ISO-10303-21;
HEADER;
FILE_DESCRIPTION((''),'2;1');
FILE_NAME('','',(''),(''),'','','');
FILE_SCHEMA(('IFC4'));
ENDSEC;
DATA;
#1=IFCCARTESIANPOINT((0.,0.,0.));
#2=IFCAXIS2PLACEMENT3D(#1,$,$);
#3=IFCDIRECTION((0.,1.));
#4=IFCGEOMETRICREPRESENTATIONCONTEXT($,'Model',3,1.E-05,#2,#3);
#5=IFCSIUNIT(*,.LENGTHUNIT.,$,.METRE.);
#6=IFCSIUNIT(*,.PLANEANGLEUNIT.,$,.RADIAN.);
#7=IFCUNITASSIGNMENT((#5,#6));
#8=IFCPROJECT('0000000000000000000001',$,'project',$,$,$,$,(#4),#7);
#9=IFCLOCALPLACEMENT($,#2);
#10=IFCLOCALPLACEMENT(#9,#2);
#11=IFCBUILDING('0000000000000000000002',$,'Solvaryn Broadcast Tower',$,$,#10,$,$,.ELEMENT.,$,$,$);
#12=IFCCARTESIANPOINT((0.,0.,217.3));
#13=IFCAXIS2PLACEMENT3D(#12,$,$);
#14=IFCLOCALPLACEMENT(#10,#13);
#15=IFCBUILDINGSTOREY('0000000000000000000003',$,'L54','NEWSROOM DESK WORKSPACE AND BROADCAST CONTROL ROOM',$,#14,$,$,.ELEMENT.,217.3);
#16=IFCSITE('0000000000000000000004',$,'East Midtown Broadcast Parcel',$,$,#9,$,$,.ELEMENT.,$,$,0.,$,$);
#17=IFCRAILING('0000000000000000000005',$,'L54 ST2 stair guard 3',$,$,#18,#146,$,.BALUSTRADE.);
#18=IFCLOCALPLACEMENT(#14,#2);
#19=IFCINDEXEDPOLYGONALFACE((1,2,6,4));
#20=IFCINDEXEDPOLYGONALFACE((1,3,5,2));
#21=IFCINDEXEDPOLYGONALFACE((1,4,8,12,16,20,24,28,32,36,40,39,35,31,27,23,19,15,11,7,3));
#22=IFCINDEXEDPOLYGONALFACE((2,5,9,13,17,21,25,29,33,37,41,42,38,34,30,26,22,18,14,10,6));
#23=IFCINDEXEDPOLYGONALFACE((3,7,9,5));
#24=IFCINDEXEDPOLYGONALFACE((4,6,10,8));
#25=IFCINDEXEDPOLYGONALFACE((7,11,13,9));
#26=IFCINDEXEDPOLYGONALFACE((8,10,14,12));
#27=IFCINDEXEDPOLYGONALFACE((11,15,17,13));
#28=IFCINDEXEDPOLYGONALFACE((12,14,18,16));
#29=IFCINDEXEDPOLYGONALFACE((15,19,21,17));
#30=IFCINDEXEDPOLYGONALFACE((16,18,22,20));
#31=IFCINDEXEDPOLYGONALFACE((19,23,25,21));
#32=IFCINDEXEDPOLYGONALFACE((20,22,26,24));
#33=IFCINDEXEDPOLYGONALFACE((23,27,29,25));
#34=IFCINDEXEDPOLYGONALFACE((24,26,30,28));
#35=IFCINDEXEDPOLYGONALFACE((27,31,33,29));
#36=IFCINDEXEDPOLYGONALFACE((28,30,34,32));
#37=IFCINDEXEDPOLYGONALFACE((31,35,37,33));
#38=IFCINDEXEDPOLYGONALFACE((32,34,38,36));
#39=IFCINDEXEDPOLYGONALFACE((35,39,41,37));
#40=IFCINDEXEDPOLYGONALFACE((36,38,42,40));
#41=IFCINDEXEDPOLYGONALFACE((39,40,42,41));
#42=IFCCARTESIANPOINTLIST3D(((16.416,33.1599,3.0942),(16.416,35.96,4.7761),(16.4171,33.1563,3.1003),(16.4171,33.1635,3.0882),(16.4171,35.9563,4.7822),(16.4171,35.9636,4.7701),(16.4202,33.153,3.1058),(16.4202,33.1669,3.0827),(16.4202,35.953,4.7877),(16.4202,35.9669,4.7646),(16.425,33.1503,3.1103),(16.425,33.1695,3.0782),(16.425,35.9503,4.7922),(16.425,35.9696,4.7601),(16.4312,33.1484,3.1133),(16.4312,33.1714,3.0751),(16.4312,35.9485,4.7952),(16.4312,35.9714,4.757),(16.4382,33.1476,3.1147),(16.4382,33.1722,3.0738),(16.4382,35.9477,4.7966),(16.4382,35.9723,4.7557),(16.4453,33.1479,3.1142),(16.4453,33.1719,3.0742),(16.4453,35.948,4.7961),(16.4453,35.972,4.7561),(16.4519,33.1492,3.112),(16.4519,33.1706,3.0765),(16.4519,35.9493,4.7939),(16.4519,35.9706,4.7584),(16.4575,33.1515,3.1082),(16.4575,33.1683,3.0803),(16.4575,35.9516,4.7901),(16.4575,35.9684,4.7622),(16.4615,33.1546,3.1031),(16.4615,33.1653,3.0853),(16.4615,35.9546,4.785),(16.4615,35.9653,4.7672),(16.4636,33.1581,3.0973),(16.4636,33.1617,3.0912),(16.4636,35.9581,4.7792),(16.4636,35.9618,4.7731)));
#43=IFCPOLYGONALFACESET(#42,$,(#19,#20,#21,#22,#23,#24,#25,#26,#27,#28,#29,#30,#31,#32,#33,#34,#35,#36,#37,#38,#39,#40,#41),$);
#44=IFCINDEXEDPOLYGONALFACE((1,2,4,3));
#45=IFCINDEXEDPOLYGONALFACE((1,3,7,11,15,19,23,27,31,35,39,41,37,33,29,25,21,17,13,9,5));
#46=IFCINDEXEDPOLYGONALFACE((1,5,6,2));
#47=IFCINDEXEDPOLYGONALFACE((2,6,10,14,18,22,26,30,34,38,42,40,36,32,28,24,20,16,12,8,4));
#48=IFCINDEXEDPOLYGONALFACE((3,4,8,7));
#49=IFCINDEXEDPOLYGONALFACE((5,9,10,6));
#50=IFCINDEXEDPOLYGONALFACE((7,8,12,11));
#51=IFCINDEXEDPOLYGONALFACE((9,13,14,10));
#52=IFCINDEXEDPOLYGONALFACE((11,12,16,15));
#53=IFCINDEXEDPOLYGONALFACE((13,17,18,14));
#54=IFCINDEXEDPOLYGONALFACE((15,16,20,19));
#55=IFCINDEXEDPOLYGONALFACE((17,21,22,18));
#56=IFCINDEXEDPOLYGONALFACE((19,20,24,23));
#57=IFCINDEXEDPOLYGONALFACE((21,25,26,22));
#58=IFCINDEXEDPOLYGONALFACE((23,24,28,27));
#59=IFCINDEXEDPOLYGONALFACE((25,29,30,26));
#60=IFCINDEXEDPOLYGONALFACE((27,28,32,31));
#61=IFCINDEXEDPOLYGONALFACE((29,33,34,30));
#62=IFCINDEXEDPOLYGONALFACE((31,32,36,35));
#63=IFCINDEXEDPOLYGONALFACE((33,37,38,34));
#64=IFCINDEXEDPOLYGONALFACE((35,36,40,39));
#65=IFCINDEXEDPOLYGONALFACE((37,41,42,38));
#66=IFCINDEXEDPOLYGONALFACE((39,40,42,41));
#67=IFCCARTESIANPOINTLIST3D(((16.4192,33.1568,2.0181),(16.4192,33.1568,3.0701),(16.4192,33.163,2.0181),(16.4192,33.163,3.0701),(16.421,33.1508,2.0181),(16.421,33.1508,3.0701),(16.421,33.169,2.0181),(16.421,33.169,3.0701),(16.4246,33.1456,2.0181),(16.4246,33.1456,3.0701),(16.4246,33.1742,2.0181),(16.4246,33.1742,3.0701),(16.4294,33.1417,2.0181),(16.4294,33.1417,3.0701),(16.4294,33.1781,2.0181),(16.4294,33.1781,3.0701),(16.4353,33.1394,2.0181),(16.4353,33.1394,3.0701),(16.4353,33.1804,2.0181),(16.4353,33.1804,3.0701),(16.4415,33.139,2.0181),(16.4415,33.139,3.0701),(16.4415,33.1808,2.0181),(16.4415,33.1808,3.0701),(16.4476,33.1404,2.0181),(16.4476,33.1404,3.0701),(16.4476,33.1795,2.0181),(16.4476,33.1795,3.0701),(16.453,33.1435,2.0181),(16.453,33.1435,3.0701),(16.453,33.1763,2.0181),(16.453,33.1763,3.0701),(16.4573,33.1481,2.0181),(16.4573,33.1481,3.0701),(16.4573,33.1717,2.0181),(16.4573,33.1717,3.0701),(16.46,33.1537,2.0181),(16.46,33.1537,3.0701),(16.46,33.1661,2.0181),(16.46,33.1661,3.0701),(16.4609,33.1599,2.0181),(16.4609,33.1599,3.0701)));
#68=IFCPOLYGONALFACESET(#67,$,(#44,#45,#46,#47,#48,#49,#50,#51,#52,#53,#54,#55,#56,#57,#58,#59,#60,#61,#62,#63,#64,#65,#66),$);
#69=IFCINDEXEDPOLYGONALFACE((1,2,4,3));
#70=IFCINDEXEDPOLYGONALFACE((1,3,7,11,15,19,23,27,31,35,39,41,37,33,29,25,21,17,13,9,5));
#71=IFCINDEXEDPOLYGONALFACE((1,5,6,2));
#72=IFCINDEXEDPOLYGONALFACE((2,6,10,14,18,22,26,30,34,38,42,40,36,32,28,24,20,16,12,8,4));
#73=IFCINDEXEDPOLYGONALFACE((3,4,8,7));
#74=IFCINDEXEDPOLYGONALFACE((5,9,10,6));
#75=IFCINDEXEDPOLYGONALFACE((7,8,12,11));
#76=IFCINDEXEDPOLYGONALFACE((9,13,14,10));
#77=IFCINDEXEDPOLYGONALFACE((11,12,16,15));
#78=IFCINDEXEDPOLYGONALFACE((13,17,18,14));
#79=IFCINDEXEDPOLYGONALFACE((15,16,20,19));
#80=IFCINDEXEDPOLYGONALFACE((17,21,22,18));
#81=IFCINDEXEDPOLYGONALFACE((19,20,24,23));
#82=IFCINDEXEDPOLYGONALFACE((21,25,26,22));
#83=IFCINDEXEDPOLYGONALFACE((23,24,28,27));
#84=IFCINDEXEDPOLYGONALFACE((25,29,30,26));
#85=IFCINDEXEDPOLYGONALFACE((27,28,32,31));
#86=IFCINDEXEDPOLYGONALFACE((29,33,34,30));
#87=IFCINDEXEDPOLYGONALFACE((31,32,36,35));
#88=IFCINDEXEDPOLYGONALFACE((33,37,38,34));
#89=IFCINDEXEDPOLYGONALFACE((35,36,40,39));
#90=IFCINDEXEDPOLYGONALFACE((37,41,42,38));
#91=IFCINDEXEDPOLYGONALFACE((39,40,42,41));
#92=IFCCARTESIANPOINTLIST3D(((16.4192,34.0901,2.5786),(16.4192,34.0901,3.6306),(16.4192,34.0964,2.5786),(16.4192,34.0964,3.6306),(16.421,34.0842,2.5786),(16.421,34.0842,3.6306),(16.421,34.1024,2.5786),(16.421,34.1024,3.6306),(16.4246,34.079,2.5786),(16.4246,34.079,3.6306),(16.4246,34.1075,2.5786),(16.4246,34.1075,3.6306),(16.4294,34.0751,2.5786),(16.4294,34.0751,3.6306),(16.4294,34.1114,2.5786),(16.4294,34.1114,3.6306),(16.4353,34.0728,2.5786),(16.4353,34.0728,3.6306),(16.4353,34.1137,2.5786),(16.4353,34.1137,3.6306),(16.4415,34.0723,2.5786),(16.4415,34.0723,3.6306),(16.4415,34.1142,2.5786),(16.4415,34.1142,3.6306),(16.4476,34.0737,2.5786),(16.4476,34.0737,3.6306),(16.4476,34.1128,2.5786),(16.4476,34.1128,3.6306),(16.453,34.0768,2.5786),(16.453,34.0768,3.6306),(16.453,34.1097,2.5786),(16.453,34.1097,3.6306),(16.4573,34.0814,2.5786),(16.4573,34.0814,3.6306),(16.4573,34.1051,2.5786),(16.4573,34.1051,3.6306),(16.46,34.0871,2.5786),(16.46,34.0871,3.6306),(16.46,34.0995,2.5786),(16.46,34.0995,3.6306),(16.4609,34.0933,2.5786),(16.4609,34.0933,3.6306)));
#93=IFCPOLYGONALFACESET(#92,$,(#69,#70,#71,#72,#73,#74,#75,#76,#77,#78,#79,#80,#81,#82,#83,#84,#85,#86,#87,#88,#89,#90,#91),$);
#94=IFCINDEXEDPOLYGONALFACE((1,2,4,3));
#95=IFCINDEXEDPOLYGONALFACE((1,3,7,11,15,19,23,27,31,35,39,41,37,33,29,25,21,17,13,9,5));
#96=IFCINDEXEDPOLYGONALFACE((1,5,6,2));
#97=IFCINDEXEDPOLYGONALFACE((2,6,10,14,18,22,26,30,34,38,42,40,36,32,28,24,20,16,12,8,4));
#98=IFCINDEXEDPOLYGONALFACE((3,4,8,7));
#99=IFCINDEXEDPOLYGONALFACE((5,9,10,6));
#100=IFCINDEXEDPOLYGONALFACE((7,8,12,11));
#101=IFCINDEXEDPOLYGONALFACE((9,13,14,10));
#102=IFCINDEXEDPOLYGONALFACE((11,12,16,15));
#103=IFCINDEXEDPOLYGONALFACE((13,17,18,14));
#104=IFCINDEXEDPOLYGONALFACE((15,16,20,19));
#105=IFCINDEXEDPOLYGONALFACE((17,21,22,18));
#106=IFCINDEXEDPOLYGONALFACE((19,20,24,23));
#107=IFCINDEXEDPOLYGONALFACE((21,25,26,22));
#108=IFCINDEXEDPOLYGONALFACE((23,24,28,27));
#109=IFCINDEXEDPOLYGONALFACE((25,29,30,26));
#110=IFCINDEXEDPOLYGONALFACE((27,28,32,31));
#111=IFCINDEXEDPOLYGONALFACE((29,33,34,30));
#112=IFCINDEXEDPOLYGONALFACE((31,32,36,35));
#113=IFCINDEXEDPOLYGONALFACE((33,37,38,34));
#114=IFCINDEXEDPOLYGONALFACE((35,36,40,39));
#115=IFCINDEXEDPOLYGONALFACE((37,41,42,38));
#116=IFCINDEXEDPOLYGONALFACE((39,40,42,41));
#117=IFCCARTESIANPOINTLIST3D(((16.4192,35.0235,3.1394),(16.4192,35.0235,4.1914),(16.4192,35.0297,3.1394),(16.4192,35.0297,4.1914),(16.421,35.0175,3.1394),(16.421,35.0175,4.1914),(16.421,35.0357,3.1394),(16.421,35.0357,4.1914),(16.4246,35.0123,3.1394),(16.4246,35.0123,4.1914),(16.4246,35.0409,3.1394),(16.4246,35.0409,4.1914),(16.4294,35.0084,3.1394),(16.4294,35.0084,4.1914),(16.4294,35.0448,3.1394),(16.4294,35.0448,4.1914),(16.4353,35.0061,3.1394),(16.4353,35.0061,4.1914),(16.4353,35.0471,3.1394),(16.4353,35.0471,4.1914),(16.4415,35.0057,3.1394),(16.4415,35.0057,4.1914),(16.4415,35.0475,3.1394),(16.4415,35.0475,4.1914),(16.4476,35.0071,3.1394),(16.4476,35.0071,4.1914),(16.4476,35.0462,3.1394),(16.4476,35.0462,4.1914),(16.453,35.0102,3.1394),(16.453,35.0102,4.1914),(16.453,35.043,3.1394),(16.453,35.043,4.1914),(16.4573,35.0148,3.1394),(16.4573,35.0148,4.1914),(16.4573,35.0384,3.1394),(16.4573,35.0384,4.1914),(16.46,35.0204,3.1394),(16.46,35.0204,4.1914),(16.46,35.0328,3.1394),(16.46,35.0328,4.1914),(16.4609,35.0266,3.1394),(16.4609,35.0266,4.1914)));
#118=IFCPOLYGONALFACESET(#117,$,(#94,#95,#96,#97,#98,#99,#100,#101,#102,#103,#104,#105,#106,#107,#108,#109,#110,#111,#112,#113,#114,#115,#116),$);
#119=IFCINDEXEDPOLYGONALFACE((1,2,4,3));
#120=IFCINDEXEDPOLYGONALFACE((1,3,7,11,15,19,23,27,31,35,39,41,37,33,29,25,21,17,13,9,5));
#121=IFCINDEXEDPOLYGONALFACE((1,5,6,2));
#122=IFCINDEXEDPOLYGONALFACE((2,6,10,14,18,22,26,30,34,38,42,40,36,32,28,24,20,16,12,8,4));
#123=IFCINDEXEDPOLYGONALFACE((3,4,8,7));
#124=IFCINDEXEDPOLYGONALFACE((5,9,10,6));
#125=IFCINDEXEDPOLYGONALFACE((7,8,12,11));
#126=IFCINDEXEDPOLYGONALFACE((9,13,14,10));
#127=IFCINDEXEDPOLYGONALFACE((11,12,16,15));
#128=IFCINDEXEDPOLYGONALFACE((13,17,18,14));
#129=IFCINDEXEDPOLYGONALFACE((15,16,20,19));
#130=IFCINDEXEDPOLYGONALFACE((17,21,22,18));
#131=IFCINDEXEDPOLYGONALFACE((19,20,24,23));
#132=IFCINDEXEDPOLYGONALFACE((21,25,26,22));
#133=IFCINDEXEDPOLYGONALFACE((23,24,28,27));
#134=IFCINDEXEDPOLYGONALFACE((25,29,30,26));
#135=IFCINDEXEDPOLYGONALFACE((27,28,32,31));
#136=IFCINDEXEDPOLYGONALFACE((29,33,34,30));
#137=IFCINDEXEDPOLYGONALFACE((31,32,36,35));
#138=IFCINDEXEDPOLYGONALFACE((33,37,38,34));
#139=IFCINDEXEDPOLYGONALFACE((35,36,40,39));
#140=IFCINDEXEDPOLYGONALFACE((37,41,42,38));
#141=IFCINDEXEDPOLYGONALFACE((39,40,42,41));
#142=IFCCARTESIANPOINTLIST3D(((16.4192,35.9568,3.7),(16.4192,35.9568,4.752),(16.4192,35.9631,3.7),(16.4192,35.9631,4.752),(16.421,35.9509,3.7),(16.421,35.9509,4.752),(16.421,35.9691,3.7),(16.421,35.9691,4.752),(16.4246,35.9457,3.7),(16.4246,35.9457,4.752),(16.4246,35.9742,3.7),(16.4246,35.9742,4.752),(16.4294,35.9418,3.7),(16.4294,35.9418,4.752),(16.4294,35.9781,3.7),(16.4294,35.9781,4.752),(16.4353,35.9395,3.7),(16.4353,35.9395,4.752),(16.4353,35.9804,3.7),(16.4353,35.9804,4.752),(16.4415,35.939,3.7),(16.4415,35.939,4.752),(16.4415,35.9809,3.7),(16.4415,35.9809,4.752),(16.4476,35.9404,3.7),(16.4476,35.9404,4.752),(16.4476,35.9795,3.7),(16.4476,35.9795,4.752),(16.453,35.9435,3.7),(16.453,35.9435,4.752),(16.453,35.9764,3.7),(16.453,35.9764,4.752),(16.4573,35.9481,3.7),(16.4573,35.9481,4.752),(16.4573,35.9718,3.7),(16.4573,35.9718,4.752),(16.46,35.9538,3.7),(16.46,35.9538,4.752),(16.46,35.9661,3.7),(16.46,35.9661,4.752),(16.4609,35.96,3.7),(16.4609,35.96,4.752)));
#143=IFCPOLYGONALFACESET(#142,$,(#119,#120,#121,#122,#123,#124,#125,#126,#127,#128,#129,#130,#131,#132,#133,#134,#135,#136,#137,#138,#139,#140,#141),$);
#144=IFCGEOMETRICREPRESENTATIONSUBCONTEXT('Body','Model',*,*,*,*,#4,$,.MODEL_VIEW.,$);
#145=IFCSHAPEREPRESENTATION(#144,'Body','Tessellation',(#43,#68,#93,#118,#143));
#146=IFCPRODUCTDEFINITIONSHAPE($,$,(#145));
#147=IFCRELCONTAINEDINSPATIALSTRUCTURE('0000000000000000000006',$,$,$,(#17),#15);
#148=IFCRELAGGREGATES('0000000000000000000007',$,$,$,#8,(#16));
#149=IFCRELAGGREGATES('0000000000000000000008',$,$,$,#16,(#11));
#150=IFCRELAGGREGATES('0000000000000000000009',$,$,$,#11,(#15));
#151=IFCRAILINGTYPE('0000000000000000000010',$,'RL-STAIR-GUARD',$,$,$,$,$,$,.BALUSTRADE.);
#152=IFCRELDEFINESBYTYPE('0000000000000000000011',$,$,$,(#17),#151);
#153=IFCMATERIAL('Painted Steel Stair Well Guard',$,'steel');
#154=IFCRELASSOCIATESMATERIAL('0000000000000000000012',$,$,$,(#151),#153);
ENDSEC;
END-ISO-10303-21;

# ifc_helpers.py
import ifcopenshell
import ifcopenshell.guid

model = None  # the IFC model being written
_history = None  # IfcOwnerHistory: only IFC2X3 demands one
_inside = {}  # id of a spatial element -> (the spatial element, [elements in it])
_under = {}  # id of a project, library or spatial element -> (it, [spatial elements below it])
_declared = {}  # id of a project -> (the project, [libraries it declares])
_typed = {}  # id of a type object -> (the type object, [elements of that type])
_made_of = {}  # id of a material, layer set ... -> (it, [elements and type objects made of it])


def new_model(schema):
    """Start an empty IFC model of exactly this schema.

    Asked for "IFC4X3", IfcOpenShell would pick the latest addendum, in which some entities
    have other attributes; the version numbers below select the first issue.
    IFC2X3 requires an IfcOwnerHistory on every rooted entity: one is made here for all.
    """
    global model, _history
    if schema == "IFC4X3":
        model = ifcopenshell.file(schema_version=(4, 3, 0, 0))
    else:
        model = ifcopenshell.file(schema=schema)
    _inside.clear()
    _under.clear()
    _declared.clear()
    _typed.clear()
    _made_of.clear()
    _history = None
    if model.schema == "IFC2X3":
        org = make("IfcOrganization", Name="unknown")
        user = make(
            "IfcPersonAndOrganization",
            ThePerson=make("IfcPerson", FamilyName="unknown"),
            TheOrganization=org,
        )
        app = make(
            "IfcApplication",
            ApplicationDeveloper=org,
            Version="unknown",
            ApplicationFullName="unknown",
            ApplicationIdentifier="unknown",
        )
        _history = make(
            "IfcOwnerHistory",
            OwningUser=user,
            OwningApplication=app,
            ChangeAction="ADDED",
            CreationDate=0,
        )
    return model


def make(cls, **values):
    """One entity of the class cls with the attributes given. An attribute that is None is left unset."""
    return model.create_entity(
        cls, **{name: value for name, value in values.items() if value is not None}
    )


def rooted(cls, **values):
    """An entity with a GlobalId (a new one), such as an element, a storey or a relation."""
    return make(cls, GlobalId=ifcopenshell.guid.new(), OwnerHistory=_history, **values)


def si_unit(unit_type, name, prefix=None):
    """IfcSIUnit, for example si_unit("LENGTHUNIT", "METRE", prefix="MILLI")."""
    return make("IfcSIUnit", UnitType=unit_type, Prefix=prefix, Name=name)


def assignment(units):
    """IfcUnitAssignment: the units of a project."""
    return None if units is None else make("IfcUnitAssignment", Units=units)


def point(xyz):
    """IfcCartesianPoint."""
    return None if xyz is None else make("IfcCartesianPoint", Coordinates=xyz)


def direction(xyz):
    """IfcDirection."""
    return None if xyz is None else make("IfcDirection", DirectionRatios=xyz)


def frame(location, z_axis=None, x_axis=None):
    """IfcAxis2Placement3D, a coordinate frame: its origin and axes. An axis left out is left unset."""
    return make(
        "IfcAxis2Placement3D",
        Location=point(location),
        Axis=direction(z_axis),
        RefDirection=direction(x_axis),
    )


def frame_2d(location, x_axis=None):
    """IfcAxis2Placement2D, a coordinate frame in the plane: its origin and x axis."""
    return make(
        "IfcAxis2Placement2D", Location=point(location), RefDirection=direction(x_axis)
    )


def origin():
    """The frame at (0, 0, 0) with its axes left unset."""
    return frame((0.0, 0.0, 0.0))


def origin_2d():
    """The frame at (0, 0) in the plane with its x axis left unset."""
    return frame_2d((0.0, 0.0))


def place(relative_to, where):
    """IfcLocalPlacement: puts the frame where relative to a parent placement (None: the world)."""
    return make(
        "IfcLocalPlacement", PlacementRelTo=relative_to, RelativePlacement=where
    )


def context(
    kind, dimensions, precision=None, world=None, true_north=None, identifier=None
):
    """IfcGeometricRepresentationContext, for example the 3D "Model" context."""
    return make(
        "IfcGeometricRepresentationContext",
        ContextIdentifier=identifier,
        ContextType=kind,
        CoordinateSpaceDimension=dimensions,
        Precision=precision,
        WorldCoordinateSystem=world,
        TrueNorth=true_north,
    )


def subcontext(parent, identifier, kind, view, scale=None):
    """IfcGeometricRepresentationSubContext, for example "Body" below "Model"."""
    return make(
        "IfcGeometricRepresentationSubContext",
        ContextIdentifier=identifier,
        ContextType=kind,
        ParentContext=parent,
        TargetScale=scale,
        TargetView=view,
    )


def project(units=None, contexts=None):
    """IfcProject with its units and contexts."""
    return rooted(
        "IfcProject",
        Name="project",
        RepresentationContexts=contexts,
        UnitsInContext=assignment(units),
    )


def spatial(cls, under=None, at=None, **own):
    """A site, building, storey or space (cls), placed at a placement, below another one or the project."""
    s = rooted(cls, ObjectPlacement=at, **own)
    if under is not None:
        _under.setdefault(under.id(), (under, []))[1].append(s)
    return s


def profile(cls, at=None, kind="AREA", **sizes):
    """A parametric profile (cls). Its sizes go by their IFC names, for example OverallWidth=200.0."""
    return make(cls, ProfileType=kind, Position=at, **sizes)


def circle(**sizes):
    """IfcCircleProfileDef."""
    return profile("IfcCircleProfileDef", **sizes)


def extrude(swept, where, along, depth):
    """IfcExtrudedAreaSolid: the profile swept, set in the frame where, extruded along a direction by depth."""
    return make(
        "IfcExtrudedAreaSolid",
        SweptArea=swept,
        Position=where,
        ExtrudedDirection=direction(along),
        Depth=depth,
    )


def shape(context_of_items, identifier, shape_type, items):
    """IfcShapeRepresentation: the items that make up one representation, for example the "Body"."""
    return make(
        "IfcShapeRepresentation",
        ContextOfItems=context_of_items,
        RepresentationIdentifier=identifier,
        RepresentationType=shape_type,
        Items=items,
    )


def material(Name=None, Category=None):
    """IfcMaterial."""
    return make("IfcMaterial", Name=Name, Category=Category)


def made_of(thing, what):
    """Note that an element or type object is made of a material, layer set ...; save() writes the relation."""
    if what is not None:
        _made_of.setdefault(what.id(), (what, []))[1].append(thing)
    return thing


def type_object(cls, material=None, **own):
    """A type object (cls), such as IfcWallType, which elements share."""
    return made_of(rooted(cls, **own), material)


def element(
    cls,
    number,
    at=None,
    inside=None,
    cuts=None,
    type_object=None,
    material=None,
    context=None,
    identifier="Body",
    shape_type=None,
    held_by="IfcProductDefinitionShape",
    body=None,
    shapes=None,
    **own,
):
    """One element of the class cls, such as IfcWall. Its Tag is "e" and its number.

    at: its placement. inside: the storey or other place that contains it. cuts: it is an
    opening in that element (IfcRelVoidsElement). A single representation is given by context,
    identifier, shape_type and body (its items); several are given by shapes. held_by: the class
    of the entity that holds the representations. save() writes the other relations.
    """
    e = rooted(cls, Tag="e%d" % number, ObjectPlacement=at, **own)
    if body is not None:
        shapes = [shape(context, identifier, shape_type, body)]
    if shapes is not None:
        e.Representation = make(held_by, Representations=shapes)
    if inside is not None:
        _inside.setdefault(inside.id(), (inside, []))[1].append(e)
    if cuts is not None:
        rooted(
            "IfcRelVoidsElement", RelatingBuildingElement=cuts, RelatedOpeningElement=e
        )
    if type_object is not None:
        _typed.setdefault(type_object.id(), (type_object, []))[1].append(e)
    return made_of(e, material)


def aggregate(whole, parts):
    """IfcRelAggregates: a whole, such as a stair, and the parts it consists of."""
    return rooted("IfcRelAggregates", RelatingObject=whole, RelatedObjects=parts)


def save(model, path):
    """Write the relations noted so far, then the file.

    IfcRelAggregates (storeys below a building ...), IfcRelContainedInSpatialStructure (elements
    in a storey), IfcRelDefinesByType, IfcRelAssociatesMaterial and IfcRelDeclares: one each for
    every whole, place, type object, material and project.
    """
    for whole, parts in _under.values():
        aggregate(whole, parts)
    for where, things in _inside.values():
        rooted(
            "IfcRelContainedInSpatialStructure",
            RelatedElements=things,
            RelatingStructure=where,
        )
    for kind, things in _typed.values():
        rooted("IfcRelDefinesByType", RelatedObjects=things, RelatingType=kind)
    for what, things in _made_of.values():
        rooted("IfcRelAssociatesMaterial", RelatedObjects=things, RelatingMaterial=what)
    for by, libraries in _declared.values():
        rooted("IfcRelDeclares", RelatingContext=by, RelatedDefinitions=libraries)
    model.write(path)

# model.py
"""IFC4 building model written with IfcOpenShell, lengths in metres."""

from ifc_helpers import new_model, si_unit, direction, frame, origin, origin_2d, place, context, subcontext, project, spatial, circle, extrude, material, type_object, element, save


model = new_model("IFC4")

# Units and contexts
model_context = context("Model", 3, precision=1e-05, world=origin(), true_north=direction((0.0, 1.0)))
body_context = subcontext(model_context, "Body", "Model", "MODEL_VIEW")
ifc_project = project(units=[si_unit("LENGTHUNIT", "METRE"), si_unit("PLANEANGLEUNIT", "RADIAN")], contexts=[model_context])

# Site, building, storey
site_placement = place(None, origin())
site = spatial("IfcSite", under=ifc_project, at=site_placement, Name="East Midtown Broadcast Parcel", CompositionType="ELEMENT", RefElevation=0.0)
building_placement = place(site_placement, origin())
building = spatial("IfcBuilding", under=site, at=building_placement, Name="Solvaryn Broadcast Tower", CompositionType="ELEMENT")
storey_placement = place(building_placement, frame((0.0, 0.0, 217.3)))
storey = spatial("IfcBuildingStorey", under=building, at=storey_placement, Name="L54", Description="NEWSROOM DESK WORKSPACE AND BROADCAST CONTROL ROOM", CompositionType="ELEMENT", Elevation=217.3)

# Railing
ifc_material_1 = material(Name="Painted Steel Stair Well Guard", Category="steel")
railing_type_1 = type_object("IfcRailingType", Name="RL-STAIR-GUARD", PredefinedType="BALUSTRADE", material=ifc_material_1)
railing_1_placement = place(storey_placement, frame((16.4399, 33.1599, 2.0181)))
element("IfcRailing", 1, at=railing_1_placement, inside=storey, type_object=railing_type_1, Name="L54 ST2 stair guard 3", PredefinedType="BALUSTRADE", context=body_context, shape_type="SweptSolid", body=[
    extrude(circle(Radius=0.0239, at=origin_2d()), frame((0.0, 0.0, 1.0762), z_axis=(0.0, 0.857242, 0.514913), x_axis=(-1.0, 0.0, 0.0)), (0.0, 0.0, 1.0), 3.2664),
    extrude(circle(Radius=0.021, at=origin_2d()), origin(), (0.0, 0.0, 1.0), 1.052),
    extrude(circle(Radius=0.021, at=origin_2d()), frame((0.0, 0.9333, 0.5605)), (0.0, 0.0, 1.0), 1.052),
    extrude(circle(Radius=0.021, at=origin_2d()), frame((0.0, 1.8667, 1.1213)), (0.0, 0.0, 1.0), 1.052),
    extrude(circle(Radius=0.021, at=origin_2d()), frame((0.0, 2.8, 1.6819)), (0.0, 0.0, 1.0), 1.052),
])

save(model, "model.ifc")
